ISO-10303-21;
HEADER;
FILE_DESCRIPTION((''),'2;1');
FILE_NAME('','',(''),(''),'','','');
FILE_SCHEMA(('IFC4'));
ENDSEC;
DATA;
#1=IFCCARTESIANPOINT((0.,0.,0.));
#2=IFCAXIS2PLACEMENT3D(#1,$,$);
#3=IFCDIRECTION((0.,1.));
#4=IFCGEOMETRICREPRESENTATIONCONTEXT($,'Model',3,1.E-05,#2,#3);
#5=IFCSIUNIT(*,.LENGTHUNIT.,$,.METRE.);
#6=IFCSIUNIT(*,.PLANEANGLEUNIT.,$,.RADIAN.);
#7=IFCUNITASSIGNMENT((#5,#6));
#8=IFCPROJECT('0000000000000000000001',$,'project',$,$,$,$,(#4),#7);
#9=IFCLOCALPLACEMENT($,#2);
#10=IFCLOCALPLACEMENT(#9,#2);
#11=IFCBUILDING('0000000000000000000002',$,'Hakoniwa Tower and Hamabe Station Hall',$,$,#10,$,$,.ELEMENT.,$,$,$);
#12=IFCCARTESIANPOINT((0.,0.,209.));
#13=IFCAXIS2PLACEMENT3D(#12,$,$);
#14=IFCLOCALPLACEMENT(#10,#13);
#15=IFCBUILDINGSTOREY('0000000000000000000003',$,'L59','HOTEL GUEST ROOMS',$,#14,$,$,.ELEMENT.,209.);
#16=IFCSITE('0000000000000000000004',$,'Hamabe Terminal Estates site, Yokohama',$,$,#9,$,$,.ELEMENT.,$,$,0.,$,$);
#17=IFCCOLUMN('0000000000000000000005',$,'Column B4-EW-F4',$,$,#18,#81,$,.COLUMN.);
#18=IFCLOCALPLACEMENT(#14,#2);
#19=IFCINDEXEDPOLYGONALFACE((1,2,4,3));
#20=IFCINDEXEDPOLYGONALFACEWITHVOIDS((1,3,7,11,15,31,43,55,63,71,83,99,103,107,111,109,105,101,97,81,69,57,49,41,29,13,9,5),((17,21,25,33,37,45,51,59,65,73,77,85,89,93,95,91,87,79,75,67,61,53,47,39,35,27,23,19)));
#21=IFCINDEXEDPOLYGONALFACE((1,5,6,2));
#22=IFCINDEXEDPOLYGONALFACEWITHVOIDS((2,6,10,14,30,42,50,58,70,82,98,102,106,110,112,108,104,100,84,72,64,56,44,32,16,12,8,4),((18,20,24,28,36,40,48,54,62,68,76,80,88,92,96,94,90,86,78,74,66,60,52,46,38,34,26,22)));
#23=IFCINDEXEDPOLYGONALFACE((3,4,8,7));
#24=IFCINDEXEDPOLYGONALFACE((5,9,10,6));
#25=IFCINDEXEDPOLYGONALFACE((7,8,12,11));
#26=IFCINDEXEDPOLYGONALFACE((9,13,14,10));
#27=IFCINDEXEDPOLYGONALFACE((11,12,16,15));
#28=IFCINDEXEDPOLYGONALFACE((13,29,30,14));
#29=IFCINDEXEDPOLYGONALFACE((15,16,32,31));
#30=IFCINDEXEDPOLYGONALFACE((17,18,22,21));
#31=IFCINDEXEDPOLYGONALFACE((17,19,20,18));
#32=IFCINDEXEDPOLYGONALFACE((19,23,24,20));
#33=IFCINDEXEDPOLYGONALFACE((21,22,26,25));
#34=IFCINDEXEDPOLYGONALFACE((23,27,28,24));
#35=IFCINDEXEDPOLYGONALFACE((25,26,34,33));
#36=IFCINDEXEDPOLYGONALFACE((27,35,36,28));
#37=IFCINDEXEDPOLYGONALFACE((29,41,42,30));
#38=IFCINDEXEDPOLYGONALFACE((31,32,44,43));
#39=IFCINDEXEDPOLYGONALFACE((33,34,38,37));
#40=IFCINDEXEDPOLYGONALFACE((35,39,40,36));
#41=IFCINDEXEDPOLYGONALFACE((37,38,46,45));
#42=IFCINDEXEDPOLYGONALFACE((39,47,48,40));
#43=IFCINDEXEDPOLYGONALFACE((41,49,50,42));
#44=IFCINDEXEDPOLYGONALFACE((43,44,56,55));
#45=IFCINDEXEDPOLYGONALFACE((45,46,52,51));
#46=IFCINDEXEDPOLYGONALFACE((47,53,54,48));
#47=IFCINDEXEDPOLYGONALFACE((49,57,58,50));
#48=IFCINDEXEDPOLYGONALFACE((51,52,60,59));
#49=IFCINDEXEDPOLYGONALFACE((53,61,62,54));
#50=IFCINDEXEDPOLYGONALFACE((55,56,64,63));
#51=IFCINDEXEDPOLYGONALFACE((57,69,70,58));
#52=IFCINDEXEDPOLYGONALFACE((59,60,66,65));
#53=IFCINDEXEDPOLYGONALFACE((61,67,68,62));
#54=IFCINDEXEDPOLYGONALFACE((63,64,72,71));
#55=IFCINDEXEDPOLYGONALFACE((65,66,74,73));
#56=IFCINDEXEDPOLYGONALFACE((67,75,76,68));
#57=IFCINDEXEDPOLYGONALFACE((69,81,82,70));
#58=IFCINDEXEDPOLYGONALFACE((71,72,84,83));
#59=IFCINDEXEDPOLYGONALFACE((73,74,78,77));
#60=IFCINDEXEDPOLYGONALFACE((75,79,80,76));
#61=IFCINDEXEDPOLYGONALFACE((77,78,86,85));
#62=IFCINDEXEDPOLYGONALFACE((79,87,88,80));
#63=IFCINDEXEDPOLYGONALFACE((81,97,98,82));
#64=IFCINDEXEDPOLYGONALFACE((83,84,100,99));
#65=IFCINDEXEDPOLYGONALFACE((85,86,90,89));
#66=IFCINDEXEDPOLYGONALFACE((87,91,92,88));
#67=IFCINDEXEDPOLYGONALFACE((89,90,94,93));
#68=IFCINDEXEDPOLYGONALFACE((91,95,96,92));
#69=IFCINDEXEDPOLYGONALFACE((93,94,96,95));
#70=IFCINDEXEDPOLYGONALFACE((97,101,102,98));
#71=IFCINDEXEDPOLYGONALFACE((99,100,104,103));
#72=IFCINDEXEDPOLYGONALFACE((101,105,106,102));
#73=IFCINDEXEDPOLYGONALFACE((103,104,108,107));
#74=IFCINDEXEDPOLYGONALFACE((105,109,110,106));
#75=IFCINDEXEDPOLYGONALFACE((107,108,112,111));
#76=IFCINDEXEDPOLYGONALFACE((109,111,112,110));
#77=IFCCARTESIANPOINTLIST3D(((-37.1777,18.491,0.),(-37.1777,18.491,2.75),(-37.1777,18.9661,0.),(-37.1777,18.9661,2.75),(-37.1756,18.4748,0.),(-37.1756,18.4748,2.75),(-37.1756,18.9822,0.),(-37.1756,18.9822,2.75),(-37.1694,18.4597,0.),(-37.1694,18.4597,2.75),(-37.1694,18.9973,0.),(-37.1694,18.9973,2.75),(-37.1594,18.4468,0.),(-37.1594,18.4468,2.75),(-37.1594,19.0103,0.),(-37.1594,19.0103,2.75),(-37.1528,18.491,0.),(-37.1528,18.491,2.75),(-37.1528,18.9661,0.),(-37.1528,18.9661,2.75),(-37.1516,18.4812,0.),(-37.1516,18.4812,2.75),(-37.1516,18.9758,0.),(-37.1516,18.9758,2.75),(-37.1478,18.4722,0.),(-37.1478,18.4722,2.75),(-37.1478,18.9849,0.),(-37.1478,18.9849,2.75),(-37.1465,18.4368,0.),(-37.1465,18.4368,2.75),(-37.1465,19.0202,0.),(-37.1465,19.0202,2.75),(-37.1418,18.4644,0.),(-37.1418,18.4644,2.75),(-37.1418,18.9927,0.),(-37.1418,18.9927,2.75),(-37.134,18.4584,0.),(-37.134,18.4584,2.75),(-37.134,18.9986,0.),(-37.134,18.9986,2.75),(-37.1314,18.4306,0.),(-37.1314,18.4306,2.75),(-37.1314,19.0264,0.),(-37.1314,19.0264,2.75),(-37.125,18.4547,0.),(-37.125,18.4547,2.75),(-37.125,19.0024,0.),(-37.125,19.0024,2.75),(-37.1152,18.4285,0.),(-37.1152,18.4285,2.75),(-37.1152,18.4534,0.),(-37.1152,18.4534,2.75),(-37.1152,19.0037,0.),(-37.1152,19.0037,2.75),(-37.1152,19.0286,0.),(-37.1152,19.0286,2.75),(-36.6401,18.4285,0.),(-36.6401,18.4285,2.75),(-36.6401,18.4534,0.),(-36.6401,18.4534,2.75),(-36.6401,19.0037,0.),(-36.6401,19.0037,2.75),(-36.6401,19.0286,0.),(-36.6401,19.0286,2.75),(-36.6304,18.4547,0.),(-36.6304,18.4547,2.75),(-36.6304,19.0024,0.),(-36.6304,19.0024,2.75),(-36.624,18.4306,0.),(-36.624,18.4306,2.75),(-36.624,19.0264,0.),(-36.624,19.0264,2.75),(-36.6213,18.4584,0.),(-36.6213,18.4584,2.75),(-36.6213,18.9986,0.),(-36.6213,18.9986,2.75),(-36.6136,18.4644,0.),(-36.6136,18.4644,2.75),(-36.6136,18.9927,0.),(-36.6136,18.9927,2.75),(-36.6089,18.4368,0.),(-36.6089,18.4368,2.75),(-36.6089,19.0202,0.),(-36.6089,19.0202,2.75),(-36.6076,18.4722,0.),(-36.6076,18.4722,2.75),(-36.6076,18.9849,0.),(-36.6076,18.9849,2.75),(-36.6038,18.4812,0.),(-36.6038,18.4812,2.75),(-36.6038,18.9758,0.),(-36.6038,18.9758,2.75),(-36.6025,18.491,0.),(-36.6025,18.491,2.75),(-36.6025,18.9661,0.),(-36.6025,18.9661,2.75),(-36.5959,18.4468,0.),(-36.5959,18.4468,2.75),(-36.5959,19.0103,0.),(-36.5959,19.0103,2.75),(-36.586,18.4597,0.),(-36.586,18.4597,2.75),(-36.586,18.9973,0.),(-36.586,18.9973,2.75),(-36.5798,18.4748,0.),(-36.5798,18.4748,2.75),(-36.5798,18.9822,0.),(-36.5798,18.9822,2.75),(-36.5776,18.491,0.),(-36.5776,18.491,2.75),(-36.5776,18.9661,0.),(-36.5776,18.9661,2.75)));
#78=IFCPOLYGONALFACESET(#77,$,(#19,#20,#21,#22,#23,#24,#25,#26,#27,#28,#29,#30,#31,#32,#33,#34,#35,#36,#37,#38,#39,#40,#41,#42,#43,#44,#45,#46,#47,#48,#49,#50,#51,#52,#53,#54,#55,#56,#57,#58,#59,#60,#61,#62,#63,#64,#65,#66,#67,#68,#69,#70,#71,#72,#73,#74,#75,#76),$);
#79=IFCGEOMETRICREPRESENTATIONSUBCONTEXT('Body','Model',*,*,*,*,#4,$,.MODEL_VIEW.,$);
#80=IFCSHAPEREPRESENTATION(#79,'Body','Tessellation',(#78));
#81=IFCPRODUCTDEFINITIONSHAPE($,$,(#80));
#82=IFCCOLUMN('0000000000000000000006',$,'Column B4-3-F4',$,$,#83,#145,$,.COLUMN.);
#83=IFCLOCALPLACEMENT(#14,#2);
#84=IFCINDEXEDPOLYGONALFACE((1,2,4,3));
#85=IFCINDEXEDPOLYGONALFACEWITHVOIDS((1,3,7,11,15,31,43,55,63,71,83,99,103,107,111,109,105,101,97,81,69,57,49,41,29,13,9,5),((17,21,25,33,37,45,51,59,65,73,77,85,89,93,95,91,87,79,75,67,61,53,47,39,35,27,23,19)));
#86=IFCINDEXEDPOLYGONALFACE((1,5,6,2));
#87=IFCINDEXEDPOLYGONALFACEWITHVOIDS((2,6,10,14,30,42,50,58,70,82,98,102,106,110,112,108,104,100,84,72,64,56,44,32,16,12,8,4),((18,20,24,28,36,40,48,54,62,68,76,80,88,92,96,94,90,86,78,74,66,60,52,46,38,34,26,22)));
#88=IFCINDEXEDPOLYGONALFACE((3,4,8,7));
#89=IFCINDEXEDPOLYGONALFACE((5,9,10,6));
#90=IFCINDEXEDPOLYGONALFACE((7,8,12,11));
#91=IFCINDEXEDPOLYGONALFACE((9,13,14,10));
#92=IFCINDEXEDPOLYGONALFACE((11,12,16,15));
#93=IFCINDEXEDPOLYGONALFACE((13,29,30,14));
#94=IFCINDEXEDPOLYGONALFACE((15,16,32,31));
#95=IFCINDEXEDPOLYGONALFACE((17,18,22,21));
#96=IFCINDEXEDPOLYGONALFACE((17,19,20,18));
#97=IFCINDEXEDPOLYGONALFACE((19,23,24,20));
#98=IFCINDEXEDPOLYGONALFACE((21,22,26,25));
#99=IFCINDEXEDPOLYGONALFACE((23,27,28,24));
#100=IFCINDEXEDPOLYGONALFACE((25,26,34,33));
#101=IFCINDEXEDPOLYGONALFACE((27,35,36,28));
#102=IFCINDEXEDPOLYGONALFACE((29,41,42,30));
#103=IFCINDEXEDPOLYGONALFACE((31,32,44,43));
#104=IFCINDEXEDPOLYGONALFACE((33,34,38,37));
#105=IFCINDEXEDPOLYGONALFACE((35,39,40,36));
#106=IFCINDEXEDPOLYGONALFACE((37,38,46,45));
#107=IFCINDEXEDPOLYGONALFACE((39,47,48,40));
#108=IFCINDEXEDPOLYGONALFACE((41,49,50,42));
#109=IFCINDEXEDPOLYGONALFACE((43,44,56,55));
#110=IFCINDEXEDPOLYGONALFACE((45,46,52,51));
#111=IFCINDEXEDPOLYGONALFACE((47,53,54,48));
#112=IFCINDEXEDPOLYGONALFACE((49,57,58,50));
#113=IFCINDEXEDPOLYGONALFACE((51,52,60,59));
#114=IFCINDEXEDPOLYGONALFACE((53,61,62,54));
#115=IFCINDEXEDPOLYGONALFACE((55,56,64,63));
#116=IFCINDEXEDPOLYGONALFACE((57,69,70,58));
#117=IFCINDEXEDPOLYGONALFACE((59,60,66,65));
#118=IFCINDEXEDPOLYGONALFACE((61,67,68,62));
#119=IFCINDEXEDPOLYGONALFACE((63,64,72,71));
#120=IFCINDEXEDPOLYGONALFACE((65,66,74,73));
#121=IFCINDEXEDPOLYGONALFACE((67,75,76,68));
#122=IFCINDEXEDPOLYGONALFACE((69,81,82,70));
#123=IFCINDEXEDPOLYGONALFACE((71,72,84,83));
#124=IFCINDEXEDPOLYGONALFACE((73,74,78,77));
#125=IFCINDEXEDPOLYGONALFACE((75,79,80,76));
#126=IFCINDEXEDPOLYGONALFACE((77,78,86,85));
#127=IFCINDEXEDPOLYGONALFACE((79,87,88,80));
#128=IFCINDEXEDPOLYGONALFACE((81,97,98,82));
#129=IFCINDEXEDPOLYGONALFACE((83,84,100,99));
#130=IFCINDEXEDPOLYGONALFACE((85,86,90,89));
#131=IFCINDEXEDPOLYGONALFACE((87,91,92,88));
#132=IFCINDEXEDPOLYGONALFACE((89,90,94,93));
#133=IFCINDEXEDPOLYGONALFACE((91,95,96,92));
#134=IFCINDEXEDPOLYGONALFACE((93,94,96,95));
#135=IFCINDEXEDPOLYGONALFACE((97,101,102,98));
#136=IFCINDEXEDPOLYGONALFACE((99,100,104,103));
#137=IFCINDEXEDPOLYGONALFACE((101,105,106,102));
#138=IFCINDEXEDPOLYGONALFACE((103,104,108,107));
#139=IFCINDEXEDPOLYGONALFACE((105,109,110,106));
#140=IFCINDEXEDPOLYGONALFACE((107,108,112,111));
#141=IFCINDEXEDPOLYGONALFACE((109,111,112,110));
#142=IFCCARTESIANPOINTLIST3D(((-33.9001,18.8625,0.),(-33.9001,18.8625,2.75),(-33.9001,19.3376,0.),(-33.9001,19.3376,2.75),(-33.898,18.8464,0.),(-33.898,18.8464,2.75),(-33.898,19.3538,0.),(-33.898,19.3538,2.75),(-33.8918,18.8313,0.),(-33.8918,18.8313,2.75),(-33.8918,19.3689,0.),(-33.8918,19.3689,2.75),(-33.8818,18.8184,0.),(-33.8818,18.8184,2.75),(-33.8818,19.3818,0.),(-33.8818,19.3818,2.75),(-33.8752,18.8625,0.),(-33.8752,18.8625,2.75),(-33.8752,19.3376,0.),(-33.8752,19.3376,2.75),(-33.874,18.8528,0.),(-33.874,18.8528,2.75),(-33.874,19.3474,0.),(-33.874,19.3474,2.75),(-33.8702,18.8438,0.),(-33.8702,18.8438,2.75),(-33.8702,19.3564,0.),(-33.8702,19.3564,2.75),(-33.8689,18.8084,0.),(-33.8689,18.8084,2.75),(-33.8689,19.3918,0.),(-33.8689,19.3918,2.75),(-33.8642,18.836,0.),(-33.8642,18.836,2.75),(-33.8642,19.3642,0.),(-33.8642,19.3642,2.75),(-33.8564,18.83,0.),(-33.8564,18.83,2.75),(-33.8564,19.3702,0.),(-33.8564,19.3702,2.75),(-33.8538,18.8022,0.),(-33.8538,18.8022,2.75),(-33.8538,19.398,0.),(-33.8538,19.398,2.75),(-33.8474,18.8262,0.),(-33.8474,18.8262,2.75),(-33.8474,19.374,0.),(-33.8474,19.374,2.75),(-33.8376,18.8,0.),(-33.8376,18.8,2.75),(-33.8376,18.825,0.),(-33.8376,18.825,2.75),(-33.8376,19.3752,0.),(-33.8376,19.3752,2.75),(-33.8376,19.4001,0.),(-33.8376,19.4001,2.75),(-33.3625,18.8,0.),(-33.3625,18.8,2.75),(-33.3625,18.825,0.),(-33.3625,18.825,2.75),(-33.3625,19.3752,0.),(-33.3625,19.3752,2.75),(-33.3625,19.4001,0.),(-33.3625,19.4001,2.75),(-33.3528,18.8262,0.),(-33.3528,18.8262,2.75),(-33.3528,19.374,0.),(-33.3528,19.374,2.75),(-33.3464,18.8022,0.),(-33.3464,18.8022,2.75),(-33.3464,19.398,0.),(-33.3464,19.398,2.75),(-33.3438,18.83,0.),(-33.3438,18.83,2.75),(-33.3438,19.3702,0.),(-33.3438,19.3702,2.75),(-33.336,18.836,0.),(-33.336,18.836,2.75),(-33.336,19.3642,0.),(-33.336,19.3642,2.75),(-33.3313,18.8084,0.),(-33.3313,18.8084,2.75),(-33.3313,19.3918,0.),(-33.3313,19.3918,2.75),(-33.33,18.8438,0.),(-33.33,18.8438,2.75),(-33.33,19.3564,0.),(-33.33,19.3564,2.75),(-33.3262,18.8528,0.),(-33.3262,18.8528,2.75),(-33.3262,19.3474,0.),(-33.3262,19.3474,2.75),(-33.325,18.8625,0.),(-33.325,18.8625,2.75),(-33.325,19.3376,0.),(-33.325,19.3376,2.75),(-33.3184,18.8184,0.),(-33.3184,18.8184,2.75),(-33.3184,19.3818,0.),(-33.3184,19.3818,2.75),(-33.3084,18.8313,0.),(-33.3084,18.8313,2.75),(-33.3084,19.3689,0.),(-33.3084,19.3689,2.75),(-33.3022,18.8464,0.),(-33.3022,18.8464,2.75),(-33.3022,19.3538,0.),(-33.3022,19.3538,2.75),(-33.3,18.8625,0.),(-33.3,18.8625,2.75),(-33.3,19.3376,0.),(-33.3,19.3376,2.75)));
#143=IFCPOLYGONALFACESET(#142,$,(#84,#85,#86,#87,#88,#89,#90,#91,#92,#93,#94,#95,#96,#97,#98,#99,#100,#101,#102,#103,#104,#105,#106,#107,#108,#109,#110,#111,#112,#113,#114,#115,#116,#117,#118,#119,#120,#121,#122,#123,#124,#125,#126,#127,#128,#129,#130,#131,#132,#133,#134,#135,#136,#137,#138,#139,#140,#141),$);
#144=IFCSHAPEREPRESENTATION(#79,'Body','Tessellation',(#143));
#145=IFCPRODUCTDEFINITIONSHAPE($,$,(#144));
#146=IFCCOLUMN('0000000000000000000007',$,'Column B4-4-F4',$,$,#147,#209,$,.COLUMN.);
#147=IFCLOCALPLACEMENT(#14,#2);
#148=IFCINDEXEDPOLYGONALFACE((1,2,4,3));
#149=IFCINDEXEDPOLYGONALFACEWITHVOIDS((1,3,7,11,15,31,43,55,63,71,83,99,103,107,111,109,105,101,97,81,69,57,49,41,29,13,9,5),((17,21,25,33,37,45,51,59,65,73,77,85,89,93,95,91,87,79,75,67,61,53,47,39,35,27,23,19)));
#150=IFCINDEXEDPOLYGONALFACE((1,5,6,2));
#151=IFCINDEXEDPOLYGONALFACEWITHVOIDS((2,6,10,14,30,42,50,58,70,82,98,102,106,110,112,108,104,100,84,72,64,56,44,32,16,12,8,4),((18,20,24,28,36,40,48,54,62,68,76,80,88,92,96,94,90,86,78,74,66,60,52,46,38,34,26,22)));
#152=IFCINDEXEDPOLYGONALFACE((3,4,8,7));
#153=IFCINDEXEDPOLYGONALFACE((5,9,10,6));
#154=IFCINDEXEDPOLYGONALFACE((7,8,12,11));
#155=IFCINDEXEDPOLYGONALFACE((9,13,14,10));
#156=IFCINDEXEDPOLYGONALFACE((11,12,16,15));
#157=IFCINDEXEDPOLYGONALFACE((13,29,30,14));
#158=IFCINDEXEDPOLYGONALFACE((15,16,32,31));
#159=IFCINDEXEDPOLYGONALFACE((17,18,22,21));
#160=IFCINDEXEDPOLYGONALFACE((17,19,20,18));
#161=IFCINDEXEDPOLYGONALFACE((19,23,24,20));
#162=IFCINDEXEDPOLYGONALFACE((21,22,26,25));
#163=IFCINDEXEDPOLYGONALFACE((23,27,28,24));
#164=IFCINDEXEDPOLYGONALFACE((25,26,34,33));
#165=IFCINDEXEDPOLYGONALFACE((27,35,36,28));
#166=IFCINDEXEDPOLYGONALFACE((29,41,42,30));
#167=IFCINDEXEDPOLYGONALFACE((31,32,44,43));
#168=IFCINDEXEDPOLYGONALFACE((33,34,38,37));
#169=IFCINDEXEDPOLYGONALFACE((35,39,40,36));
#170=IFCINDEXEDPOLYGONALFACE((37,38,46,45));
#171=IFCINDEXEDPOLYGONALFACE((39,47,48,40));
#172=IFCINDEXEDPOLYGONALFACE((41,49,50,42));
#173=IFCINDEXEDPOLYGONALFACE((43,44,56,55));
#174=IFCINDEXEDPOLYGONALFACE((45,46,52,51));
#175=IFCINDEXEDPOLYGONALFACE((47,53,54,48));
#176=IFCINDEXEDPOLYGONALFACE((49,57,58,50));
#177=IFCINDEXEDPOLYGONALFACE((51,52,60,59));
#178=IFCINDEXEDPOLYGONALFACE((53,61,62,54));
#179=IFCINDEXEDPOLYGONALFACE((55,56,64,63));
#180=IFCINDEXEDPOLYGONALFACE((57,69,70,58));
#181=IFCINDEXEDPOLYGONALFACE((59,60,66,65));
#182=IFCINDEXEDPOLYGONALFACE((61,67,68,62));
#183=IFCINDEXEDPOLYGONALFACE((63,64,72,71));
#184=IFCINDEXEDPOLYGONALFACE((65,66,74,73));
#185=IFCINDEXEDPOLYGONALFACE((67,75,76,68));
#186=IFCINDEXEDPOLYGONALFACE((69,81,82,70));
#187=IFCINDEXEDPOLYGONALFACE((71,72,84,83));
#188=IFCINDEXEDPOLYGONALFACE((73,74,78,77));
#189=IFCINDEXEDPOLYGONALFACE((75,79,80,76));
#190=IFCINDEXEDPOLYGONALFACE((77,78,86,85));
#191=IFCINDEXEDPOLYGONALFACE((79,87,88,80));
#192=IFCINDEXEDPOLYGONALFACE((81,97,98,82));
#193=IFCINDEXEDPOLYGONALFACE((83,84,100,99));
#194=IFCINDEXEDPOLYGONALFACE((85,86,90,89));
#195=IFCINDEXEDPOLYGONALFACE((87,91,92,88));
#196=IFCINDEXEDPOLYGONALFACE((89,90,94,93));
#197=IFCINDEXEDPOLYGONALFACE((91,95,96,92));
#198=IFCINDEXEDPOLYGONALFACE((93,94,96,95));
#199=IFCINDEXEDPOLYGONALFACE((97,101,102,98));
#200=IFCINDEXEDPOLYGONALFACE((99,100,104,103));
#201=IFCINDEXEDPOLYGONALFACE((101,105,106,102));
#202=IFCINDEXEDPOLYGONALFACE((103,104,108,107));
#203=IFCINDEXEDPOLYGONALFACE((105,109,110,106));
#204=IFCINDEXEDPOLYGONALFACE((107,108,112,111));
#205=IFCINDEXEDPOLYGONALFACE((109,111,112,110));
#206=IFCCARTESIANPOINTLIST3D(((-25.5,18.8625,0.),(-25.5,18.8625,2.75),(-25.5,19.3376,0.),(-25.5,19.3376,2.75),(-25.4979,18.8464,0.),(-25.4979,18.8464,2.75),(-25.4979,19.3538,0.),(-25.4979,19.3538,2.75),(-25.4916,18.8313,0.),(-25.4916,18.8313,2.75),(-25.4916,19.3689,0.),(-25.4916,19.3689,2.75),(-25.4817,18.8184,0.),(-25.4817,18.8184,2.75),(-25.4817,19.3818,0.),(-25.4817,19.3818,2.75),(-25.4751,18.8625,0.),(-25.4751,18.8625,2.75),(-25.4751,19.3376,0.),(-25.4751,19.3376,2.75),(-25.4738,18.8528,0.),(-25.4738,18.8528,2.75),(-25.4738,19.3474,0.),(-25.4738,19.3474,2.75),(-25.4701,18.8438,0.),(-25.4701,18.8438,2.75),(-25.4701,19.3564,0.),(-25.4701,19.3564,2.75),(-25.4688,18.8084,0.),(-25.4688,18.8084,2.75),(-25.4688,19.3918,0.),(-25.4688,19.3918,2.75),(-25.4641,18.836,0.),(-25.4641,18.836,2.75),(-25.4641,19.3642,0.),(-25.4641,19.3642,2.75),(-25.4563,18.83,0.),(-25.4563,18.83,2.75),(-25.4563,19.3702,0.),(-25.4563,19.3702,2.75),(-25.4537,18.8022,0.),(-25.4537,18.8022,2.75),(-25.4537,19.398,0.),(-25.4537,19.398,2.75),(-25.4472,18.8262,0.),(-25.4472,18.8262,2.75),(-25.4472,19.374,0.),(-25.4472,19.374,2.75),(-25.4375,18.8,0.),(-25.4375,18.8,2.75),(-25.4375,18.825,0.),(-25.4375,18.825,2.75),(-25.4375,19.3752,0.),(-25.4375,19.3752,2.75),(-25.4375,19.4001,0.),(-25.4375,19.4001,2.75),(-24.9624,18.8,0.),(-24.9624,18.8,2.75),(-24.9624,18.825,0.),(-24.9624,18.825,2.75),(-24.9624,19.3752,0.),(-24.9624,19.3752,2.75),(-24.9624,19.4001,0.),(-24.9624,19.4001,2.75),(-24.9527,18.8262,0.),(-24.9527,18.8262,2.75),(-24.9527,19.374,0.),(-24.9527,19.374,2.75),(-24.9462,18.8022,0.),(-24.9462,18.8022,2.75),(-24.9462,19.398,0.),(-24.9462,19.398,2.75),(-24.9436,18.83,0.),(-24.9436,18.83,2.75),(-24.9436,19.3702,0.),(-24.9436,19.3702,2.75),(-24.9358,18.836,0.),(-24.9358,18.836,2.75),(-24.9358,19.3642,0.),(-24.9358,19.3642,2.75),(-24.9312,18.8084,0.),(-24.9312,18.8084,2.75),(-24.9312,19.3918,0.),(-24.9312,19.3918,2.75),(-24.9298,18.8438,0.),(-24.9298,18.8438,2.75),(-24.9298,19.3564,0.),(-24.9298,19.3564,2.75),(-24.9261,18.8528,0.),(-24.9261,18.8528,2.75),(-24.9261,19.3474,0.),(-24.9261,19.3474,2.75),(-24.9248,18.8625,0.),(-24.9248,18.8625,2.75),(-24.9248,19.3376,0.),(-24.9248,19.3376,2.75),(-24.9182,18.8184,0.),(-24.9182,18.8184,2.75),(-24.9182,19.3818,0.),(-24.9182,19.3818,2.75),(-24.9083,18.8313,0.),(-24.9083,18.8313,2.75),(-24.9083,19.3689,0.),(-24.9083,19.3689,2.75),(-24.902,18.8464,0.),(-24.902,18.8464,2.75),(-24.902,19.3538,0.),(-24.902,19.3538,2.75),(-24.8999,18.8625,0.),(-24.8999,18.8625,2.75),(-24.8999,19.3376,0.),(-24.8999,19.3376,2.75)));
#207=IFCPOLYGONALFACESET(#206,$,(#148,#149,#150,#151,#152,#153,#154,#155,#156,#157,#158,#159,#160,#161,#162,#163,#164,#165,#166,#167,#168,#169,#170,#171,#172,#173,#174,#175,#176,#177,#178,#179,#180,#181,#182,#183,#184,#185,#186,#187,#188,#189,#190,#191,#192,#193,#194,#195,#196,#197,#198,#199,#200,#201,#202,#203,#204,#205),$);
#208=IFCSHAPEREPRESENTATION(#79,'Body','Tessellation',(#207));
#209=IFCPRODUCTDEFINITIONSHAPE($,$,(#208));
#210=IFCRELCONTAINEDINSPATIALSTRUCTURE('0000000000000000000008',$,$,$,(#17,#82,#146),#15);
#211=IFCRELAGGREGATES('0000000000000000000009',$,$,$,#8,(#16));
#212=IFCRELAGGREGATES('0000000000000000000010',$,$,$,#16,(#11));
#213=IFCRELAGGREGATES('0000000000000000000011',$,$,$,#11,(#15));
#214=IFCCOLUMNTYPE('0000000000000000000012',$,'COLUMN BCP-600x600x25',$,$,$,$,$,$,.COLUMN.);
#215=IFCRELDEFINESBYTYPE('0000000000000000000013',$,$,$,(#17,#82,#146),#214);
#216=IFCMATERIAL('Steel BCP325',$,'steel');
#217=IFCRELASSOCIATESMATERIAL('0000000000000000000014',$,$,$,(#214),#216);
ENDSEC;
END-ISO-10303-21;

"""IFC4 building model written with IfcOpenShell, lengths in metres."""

from ifc_helpers import new_model, si_unit, direction, frame, origin, origin_2d, place, context, subcontext, project, spatial, hollow_rectangle, extrude, material, material_profile, profile_set, type_object, element, save


model = new_model("IFC4")

# Units and contexts
model_context = context("Model", 3, precision=1e-05, world=origin(), true_north=direction((0.0, 1.0)))
body_context = subcontext(model_context, "Body", "Model", "MODEL_VIEW")
ifc_project = project(units=[si_unit("LENGTHUNIT", "METRE"), si_unit("PLANEANGLEUNIT", "RADIAN")], contexts=[model_context])

# Site, building, storey
site_placement = place(None, origin())
site = spatial("IfcSite", under=ifc_project, at=site_placement, Name="Hamabe Terminal Estates site, Yokohama", CompositionType="ELEMENT", RefElevation=0.0)
building_placement = place(site_placement, origin())
building = spatial("IfcBuilding", under=site, at=building_placement, Name="Hakoniwa Tower and Hamabe Station Hall", CompositionType="ELEMENT")
storey_placement = place(building_placement, frame((0.0, 0.0, 209.0)))
storey = spatial("IfcBuildingStorey", under=building, at=storey_placement, Name="L59", Description="HOTEL GUEST ROOMS", CompositionType="ELEMENT", Elevation=209.0)

# Columns
ifc_material_1 = material(Name="Steel BCP325", Category="steel")
ifc_material_profile_1 = material_profile(ifc_material_1, hollow_rectangle(XDim=0.6001, YDim=0.6001, WallThickness=0.0249, InnerFilletRadius=0.0376, OuterFilletRadius=0.0625, at=origin_2d()), Name="BCP-600x600x25")
ifc_profile_set_1 = profile_set([ifc_material_profile_1], Name="Steel BCP325")
column_type = type_object("IfcColumnType", Name="COLUMN BCP-600x600x25", PredefinedType="COLUMN", material=ifc_profile_set_1)
for number, where, z_axis, x_axis, name in (
    (1, (-36.8777, 18.7285, 0.0), (0.0, 0.0, 1.0), (1.0, 0.0, 0.0), "Column B4-EW-F4"),
    (2, (-33.6001, 19.1001, 0.0), (0.0, 0.0, 1.0), (1.0, 0.0, 0.0), "Column B4-3-F4"),
    (3, (-25.2, 19.1001, 0.0), (0.0, 0.0, 1.0), (1.0, 0.0, 0.0), "Column B4-4-F4"),
):
    element("IfcColumn", number, at=place(storey_placement, frame(where, z_axis=z_axis, x_axis=x_axis)), inside=storey, type_object=column_type, Name=name, PredefinedType="COLUMN", context=body_context, shape_type="SweptSolid", body=[
        extrude(hollow_rectangle(XDim=0.6001, YDim=0.6001, WallThickness=0.0249, InnerFilletRadius=0.0376, OuterFilletRadius=0.0625, at=origin_2d()), origin(), (0.0, 0.0, 1.0), 2.75),
    ])

save(model, "model.ifc")
